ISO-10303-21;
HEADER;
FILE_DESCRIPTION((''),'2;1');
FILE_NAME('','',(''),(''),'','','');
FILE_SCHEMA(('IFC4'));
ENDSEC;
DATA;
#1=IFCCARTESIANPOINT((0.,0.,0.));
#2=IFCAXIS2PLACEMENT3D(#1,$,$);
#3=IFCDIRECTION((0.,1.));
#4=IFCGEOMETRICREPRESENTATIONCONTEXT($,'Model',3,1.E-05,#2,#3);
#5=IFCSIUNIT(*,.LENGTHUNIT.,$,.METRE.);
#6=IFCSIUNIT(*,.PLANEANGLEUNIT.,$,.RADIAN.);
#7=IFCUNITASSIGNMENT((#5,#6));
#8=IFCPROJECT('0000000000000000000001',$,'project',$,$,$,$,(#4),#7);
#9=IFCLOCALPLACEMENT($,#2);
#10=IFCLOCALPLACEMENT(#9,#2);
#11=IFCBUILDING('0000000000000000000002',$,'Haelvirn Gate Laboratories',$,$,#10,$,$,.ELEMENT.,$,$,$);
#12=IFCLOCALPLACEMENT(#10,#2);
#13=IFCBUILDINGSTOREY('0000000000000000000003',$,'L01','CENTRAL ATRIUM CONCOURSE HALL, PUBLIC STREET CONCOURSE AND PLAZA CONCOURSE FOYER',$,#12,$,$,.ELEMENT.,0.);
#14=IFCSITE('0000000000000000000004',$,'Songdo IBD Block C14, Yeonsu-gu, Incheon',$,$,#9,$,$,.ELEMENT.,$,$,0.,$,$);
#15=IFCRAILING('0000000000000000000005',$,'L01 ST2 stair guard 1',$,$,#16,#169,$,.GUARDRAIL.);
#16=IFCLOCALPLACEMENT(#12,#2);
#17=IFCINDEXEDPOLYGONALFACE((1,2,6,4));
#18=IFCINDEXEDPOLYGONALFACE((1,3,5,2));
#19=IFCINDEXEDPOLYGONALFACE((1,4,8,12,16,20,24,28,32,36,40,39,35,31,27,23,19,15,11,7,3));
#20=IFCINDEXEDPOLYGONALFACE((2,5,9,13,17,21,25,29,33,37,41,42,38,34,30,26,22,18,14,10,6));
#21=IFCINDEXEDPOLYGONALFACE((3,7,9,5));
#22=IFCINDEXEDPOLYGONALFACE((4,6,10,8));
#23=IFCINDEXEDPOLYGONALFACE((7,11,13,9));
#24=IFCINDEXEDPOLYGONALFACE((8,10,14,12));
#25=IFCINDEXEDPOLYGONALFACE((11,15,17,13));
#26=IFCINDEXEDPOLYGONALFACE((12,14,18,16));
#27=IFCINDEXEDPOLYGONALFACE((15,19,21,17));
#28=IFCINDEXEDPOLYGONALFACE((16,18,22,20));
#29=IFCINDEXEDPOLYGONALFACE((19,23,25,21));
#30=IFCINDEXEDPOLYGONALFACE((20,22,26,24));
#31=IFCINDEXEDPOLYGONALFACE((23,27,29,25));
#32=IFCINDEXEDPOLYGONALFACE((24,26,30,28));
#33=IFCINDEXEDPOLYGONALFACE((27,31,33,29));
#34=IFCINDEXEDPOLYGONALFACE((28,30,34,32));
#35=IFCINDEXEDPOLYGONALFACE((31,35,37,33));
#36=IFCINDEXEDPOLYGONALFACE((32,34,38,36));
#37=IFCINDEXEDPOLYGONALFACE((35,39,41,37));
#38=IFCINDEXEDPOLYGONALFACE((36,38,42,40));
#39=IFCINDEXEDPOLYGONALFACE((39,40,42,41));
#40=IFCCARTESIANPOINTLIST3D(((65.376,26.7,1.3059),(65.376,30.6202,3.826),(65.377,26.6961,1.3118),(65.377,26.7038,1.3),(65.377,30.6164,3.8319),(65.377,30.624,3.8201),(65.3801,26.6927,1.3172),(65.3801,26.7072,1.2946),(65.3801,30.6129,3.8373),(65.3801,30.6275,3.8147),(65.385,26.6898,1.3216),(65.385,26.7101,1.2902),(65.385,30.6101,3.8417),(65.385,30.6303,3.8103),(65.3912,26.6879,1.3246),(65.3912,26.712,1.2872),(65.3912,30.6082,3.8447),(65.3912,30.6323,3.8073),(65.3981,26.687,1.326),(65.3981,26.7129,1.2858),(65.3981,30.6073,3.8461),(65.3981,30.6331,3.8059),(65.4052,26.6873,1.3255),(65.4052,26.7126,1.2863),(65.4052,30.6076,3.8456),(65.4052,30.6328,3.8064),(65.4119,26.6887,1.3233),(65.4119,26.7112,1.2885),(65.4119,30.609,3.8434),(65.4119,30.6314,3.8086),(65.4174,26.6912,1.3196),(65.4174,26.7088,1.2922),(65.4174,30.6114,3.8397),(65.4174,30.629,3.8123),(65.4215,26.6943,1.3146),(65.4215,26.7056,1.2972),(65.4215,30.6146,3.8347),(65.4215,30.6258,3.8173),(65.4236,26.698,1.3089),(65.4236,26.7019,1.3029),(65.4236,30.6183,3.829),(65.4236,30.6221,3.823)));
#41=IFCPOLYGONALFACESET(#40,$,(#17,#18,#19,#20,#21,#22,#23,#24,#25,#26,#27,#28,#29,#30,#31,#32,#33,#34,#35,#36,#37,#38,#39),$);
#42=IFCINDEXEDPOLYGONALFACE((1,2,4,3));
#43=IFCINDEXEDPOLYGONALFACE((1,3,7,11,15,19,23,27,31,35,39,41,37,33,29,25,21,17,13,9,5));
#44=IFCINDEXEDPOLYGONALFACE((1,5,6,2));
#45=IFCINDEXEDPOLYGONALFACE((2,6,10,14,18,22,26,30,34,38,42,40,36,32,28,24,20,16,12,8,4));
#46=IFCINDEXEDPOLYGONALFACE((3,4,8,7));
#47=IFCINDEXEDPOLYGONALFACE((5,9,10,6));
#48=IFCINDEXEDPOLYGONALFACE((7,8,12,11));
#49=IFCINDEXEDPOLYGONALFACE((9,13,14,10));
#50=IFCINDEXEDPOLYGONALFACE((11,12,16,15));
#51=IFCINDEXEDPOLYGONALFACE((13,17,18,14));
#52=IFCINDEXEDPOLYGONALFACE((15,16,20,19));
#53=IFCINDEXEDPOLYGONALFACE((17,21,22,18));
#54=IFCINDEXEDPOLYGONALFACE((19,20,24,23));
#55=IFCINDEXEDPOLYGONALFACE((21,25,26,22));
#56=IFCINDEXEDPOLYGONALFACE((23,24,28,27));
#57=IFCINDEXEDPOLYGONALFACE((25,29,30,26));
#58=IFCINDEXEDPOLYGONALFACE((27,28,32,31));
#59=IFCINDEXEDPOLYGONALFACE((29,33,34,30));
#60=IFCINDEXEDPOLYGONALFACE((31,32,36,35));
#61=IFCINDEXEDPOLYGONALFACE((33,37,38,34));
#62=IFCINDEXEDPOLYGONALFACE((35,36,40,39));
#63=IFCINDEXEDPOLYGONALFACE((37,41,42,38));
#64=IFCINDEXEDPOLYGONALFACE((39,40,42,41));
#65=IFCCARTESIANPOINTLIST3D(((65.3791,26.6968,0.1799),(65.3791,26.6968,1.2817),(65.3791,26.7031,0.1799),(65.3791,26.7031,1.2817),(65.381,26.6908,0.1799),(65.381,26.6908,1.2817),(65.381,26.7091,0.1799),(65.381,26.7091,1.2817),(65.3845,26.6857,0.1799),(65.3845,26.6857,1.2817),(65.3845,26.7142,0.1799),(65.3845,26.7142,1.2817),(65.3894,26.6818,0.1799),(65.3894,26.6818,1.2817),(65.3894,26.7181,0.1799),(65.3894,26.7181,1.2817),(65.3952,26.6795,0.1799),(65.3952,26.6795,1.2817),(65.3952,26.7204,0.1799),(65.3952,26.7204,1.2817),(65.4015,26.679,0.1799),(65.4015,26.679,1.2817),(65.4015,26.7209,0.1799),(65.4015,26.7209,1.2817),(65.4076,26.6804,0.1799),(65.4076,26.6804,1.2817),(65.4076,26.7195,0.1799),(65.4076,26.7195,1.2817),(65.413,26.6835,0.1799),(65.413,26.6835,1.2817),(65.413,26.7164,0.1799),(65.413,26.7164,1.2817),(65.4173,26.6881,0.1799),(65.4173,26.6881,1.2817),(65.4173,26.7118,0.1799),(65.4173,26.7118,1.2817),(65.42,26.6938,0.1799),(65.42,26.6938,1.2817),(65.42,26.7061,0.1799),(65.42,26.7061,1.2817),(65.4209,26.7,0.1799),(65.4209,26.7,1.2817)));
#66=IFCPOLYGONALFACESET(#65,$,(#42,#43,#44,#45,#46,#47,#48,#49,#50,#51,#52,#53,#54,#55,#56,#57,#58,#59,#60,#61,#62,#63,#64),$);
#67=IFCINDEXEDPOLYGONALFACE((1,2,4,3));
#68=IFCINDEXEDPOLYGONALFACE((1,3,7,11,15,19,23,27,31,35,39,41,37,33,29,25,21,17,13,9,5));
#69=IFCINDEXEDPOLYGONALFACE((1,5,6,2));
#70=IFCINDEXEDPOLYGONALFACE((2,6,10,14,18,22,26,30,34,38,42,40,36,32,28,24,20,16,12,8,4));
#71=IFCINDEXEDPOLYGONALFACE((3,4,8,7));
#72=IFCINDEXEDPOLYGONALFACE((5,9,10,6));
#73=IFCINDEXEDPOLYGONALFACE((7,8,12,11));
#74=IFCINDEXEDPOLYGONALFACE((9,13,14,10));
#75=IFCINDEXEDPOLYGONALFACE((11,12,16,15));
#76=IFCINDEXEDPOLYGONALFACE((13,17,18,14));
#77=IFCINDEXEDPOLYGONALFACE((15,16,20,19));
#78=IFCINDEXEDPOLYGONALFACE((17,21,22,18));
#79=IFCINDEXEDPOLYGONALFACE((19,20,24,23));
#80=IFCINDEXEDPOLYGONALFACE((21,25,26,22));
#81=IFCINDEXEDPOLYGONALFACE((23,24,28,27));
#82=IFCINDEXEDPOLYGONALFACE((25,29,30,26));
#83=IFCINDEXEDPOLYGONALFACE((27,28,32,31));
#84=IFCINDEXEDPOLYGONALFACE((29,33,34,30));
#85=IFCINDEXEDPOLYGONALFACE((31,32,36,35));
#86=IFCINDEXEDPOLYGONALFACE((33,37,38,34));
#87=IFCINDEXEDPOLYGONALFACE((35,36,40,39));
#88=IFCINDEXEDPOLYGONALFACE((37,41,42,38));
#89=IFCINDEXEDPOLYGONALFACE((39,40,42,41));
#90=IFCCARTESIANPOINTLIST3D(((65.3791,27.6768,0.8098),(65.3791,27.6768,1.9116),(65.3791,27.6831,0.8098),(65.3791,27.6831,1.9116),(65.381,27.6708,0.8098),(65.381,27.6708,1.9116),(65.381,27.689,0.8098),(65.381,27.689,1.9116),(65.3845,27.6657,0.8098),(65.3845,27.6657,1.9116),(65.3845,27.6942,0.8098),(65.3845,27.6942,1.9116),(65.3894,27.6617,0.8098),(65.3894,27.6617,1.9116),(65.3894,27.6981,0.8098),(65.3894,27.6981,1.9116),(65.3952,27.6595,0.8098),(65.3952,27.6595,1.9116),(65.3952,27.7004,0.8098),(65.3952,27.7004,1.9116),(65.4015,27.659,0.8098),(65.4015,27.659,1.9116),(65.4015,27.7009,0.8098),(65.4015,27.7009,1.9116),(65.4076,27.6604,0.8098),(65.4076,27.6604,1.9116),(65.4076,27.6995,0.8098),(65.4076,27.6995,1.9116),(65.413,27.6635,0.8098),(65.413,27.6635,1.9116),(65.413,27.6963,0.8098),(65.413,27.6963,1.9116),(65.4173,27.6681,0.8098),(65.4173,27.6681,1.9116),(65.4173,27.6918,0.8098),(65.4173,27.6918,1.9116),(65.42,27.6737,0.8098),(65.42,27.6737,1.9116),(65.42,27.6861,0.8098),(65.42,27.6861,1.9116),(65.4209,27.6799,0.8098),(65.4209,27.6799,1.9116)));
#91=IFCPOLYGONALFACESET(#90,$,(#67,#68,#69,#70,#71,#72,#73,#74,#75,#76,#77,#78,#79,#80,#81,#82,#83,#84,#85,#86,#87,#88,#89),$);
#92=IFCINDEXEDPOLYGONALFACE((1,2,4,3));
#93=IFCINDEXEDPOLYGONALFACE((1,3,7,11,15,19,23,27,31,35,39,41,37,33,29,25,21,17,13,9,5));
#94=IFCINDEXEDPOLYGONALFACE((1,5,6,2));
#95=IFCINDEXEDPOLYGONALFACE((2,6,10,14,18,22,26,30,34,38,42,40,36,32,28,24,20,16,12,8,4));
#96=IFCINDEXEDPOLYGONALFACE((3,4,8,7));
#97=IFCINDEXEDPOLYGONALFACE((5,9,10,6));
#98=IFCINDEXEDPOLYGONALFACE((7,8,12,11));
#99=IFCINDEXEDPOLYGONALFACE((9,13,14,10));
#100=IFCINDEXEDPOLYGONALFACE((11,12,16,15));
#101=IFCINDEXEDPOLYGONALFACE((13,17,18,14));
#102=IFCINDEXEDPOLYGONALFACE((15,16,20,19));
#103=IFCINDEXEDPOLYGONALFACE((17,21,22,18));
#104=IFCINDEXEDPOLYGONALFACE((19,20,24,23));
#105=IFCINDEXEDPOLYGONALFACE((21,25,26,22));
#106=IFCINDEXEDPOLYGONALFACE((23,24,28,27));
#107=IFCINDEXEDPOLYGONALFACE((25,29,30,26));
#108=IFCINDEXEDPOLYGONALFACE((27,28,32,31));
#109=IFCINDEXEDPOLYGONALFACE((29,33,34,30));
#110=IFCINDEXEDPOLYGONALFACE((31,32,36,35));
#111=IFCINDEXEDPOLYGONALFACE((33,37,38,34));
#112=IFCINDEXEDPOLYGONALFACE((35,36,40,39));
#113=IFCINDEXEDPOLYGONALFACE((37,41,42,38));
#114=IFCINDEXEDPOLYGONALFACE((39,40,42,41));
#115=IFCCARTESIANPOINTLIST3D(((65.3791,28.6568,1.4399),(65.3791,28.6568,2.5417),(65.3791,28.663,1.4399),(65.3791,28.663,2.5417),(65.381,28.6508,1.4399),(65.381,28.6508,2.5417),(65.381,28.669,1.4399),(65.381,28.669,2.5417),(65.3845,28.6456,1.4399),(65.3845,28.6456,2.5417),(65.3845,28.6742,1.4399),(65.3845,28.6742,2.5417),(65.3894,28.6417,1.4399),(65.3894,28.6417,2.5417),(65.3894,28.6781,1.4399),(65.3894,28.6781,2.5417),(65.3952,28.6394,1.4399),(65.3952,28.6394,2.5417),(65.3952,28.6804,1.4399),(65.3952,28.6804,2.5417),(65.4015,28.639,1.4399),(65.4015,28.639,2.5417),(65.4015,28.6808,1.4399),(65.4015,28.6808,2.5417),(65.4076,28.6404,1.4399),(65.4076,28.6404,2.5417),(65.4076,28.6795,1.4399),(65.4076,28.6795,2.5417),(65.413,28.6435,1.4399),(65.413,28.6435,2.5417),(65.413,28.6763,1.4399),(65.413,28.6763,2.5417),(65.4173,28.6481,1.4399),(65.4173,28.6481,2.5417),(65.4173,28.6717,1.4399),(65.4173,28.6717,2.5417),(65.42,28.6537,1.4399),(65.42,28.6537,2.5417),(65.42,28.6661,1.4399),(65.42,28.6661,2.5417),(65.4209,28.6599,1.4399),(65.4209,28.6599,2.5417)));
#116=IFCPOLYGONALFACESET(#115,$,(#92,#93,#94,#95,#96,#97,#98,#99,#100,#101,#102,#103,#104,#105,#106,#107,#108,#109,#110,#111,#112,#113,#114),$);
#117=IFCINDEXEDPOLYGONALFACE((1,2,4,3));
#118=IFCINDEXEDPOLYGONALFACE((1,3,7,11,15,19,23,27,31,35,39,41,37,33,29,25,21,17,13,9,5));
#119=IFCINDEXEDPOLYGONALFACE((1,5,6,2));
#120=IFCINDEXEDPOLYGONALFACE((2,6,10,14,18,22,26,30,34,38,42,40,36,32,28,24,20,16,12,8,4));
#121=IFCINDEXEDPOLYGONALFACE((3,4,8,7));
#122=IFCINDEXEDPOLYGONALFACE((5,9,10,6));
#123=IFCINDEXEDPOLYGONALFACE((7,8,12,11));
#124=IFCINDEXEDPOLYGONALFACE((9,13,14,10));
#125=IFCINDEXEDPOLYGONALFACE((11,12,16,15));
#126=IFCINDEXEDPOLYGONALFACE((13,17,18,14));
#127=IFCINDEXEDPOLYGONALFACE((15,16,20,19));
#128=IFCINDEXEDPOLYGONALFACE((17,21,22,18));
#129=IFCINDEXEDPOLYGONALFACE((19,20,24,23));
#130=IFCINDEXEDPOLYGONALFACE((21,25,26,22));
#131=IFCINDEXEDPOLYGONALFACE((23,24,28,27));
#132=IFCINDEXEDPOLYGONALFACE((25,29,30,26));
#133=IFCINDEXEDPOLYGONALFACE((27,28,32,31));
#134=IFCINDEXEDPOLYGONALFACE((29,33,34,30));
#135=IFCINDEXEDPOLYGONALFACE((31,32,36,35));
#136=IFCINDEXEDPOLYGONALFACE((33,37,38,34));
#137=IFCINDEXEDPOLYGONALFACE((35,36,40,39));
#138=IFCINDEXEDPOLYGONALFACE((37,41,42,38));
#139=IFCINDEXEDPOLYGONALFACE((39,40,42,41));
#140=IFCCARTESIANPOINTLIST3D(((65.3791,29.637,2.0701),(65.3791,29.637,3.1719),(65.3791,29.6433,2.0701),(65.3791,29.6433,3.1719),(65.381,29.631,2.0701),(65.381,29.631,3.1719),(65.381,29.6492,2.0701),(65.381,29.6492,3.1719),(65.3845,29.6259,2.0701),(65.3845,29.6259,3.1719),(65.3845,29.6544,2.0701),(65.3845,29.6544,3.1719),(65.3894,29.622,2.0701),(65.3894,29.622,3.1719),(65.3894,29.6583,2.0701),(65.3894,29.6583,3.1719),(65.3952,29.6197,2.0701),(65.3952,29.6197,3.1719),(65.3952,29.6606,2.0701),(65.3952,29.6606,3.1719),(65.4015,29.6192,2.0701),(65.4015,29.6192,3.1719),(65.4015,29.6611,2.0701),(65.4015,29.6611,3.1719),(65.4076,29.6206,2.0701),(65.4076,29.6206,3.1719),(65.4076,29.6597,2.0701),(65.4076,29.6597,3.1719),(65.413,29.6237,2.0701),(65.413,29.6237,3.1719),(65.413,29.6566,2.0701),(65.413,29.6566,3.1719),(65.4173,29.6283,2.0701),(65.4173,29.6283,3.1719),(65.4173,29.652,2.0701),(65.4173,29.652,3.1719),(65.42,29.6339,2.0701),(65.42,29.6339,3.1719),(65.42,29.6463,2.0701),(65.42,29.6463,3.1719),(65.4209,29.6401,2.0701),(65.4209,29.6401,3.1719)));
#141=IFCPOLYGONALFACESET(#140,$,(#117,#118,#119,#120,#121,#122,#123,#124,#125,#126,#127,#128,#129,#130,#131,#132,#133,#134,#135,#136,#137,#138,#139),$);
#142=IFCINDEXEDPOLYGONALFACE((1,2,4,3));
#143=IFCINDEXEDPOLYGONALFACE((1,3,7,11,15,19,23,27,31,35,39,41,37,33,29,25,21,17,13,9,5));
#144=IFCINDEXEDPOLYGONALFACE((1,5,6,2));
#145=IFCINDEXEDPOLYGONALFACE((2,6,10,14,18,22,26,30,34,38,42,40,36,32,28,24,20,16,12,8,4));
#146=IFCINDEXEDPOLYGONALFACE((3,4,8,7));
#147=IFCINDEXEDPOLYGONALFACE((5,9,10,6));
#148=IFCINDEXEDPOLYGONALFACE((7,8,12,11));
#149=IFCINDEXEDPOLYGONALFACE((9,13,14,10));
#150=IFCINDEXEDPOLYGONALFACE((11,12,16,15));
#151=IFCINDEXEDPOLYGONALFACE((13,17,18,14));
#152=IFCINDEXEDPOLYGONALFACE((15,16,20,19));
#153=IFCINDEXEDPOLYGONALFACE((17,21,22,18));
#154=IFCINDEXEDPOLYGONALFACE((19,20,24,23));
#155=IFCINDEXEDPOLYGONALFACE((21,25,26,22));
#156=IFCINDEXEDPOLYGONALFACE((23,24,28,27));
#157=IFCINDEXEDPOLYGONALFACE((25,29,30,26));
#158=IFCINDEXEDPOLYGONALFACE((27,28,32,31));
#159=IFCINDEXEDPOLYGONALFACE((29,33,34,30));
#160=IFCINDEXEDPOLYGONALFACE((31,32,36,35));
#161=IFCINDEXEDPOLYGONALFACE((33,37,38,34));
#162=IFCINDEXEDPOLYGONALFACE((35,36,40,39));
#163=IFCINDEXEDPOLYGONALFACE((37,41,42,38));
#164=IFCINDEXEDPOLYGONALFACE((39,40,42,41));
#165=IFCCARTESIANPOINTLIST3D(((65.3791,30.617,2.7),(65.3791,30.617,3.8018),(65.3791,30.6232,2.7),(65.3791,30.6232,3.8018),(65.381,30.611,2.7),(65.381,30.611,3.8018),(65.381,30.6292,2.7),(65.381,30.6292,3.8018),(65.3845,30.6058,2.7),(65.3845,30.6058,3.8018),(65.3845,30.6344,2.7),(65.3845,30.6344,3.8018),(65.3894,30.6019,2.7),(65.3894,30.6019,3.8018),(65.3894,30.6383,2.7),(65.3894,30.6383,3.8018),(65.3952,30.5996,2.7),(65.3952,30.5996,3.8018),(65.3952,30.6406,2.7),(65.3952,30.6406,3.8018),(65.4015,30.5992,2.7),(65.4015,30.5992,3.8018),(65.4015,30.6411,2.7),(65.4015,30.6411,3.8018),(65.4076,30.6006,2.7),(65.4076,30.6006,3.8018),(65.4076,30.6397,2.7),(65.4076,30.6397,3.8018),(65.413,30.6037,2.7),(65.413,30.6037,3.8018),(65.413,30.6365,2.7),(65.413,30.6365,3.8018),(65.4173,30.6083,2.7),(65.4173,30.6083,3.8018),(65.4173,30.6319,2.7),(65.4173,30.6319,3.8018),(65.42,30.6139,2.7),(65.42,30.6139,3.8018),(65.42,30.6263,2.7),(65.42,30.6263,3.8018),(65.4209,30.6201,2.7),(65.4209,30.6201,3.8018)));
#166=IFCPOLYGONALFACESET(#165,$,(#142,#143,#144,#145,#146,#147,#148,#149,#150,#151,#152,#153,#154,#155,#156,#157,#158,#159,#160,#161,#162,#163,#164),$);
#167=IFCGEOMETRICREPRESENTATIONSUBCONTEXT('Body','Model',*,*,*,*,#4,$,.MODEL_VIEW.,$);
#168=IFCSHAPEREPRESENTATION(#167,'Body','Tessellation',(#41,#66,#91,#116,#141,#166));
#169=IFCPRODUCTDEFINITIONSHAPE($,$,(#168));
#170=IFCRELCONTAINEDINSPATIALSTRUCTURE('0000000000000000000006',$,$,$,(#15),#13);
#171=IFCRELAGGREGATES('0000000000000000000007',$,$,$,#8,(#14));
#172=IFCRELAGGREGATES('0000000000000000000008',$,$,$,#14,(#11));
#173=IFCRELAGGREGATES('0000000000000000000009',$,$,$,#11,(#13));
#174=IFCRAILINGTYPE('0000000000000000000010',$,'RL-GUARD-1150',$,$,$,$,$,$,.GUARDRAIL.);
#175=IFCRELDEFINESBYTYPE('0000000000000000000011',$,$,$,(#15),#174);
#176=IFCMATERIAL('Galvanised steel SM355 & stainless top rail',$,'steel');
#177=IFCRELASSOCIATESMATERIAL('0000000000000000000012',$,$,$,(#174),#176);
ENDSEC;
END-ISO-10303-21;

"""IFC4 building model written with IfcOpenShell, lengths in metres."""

from ifc_helpers import new_model, si_unit, direction, frame, origin, origin_2d, place, context, subcontext, project, spatial, circle, extrude, source, transform, mapped, material, type_object, element, save


model = new_model("IFC4")

# Units and contexts
model_context = context("Model", 3, precision=1e-05, world=origin(), true_north=direction((0.0, 1.0)))
body_context = subcontext(model_context, "Body", "Model", "MODEL_VIEW")
ifc_project = project(units=[si_unit("LENGTHUNIT", "METRE"), si_unit("PLANEANGLEUNIT", "RADIAN")], contexts=[model_context])

# Site, building, storey
site_placement = place(None, origin())
site = spatial("IfcSite", under=ifc_project, at=site_placement, Name="Songdo IBD Block C14, Yeonsu-gu, Incheon", CompositionType="ELEMENT", RefElevation=0.0)
building_placement = place(site_placement, origin())
building = spatial("IfcBuilding", under=site, at=building_placement, Name="Haelvirn Gate Laboratories", CompositionType="ELEMENT")
storey_placement = place(building_placement, origin())
storey = spatial("IfcBuildingStorey", under=building, at=storey_placement, Name="L01", Description="CENTRAL ATRIUM CONCOURSE HALL, PUBLIC STREET CONCOURSE AND PLAZA CONCOURSE FOYER", CompositionType="ELEMENT", Elevation=0.0)

# Railing
ifc_material_1 = material(Name="Galvanised steel SM355 & stainless top rail", Category="steel")
railing_type_1 = type_object("IfcRailingType", Name="RL-GUARD-1150", PredefinedType="GUARDRAIL", material=ifc_material_1)
shared_shape_1 = source(origin(), body_context, "Body", "SweptSolid", [
    extrude(circle(Radius=0.0239, at=origin_2d()), frame((0.0, 0.0, 1.126), z_axis=(0.0, 0.841187, 0.540744), x_axis=(-1.0, 0.0, 0.0)), (0.0, 0.0, 1.0), 4.6604),
    extrude(circle(Radius=0.021, at=origin_2d()), origin(), (0.0, 0.0, 1.0), 1.1018),
    extrude(circle(Radius=0.021, at=origin_2d()), frame((0.0, 0.98, 0.6299)), (0.0, 0.0, 1.0), 1.1018),
    extrude(circle(Radius=0.021, at=origin_2d()), frame((0.0, 1.96, 1.26)), (0.0, 0.0, 1.0), 1.1018),
    extrude(circle(Radius=0.021, at=origin_2d()), frame((0.0, 2.9402, 1.8901)), (0.0, 0.0, 1.0), 1.1018),
    extrude(circle(Radius=0.021, at=origin_2d()), frame((0.0, 3.9202, 2.52)), (0.0, 0.0, 1.0), 1.1018),
])
railing_1_placement = place(storey_placement, frame((65.3999, 26.7, 0.1799)))
element("IfcRailing", 1, at=railing_1_placement, inside=storey, type_object=railing_type_1, Name="L01 ST2 stair guard 1", PredefinedType="GUARDRAIL", context=body_context, shape_type="MappedRepresentation", body=[
    mapped(shared_shape_1, transform((0.0, 0.0, 0.0), scale=1.0)),
])

save(model, "model.ifc")
